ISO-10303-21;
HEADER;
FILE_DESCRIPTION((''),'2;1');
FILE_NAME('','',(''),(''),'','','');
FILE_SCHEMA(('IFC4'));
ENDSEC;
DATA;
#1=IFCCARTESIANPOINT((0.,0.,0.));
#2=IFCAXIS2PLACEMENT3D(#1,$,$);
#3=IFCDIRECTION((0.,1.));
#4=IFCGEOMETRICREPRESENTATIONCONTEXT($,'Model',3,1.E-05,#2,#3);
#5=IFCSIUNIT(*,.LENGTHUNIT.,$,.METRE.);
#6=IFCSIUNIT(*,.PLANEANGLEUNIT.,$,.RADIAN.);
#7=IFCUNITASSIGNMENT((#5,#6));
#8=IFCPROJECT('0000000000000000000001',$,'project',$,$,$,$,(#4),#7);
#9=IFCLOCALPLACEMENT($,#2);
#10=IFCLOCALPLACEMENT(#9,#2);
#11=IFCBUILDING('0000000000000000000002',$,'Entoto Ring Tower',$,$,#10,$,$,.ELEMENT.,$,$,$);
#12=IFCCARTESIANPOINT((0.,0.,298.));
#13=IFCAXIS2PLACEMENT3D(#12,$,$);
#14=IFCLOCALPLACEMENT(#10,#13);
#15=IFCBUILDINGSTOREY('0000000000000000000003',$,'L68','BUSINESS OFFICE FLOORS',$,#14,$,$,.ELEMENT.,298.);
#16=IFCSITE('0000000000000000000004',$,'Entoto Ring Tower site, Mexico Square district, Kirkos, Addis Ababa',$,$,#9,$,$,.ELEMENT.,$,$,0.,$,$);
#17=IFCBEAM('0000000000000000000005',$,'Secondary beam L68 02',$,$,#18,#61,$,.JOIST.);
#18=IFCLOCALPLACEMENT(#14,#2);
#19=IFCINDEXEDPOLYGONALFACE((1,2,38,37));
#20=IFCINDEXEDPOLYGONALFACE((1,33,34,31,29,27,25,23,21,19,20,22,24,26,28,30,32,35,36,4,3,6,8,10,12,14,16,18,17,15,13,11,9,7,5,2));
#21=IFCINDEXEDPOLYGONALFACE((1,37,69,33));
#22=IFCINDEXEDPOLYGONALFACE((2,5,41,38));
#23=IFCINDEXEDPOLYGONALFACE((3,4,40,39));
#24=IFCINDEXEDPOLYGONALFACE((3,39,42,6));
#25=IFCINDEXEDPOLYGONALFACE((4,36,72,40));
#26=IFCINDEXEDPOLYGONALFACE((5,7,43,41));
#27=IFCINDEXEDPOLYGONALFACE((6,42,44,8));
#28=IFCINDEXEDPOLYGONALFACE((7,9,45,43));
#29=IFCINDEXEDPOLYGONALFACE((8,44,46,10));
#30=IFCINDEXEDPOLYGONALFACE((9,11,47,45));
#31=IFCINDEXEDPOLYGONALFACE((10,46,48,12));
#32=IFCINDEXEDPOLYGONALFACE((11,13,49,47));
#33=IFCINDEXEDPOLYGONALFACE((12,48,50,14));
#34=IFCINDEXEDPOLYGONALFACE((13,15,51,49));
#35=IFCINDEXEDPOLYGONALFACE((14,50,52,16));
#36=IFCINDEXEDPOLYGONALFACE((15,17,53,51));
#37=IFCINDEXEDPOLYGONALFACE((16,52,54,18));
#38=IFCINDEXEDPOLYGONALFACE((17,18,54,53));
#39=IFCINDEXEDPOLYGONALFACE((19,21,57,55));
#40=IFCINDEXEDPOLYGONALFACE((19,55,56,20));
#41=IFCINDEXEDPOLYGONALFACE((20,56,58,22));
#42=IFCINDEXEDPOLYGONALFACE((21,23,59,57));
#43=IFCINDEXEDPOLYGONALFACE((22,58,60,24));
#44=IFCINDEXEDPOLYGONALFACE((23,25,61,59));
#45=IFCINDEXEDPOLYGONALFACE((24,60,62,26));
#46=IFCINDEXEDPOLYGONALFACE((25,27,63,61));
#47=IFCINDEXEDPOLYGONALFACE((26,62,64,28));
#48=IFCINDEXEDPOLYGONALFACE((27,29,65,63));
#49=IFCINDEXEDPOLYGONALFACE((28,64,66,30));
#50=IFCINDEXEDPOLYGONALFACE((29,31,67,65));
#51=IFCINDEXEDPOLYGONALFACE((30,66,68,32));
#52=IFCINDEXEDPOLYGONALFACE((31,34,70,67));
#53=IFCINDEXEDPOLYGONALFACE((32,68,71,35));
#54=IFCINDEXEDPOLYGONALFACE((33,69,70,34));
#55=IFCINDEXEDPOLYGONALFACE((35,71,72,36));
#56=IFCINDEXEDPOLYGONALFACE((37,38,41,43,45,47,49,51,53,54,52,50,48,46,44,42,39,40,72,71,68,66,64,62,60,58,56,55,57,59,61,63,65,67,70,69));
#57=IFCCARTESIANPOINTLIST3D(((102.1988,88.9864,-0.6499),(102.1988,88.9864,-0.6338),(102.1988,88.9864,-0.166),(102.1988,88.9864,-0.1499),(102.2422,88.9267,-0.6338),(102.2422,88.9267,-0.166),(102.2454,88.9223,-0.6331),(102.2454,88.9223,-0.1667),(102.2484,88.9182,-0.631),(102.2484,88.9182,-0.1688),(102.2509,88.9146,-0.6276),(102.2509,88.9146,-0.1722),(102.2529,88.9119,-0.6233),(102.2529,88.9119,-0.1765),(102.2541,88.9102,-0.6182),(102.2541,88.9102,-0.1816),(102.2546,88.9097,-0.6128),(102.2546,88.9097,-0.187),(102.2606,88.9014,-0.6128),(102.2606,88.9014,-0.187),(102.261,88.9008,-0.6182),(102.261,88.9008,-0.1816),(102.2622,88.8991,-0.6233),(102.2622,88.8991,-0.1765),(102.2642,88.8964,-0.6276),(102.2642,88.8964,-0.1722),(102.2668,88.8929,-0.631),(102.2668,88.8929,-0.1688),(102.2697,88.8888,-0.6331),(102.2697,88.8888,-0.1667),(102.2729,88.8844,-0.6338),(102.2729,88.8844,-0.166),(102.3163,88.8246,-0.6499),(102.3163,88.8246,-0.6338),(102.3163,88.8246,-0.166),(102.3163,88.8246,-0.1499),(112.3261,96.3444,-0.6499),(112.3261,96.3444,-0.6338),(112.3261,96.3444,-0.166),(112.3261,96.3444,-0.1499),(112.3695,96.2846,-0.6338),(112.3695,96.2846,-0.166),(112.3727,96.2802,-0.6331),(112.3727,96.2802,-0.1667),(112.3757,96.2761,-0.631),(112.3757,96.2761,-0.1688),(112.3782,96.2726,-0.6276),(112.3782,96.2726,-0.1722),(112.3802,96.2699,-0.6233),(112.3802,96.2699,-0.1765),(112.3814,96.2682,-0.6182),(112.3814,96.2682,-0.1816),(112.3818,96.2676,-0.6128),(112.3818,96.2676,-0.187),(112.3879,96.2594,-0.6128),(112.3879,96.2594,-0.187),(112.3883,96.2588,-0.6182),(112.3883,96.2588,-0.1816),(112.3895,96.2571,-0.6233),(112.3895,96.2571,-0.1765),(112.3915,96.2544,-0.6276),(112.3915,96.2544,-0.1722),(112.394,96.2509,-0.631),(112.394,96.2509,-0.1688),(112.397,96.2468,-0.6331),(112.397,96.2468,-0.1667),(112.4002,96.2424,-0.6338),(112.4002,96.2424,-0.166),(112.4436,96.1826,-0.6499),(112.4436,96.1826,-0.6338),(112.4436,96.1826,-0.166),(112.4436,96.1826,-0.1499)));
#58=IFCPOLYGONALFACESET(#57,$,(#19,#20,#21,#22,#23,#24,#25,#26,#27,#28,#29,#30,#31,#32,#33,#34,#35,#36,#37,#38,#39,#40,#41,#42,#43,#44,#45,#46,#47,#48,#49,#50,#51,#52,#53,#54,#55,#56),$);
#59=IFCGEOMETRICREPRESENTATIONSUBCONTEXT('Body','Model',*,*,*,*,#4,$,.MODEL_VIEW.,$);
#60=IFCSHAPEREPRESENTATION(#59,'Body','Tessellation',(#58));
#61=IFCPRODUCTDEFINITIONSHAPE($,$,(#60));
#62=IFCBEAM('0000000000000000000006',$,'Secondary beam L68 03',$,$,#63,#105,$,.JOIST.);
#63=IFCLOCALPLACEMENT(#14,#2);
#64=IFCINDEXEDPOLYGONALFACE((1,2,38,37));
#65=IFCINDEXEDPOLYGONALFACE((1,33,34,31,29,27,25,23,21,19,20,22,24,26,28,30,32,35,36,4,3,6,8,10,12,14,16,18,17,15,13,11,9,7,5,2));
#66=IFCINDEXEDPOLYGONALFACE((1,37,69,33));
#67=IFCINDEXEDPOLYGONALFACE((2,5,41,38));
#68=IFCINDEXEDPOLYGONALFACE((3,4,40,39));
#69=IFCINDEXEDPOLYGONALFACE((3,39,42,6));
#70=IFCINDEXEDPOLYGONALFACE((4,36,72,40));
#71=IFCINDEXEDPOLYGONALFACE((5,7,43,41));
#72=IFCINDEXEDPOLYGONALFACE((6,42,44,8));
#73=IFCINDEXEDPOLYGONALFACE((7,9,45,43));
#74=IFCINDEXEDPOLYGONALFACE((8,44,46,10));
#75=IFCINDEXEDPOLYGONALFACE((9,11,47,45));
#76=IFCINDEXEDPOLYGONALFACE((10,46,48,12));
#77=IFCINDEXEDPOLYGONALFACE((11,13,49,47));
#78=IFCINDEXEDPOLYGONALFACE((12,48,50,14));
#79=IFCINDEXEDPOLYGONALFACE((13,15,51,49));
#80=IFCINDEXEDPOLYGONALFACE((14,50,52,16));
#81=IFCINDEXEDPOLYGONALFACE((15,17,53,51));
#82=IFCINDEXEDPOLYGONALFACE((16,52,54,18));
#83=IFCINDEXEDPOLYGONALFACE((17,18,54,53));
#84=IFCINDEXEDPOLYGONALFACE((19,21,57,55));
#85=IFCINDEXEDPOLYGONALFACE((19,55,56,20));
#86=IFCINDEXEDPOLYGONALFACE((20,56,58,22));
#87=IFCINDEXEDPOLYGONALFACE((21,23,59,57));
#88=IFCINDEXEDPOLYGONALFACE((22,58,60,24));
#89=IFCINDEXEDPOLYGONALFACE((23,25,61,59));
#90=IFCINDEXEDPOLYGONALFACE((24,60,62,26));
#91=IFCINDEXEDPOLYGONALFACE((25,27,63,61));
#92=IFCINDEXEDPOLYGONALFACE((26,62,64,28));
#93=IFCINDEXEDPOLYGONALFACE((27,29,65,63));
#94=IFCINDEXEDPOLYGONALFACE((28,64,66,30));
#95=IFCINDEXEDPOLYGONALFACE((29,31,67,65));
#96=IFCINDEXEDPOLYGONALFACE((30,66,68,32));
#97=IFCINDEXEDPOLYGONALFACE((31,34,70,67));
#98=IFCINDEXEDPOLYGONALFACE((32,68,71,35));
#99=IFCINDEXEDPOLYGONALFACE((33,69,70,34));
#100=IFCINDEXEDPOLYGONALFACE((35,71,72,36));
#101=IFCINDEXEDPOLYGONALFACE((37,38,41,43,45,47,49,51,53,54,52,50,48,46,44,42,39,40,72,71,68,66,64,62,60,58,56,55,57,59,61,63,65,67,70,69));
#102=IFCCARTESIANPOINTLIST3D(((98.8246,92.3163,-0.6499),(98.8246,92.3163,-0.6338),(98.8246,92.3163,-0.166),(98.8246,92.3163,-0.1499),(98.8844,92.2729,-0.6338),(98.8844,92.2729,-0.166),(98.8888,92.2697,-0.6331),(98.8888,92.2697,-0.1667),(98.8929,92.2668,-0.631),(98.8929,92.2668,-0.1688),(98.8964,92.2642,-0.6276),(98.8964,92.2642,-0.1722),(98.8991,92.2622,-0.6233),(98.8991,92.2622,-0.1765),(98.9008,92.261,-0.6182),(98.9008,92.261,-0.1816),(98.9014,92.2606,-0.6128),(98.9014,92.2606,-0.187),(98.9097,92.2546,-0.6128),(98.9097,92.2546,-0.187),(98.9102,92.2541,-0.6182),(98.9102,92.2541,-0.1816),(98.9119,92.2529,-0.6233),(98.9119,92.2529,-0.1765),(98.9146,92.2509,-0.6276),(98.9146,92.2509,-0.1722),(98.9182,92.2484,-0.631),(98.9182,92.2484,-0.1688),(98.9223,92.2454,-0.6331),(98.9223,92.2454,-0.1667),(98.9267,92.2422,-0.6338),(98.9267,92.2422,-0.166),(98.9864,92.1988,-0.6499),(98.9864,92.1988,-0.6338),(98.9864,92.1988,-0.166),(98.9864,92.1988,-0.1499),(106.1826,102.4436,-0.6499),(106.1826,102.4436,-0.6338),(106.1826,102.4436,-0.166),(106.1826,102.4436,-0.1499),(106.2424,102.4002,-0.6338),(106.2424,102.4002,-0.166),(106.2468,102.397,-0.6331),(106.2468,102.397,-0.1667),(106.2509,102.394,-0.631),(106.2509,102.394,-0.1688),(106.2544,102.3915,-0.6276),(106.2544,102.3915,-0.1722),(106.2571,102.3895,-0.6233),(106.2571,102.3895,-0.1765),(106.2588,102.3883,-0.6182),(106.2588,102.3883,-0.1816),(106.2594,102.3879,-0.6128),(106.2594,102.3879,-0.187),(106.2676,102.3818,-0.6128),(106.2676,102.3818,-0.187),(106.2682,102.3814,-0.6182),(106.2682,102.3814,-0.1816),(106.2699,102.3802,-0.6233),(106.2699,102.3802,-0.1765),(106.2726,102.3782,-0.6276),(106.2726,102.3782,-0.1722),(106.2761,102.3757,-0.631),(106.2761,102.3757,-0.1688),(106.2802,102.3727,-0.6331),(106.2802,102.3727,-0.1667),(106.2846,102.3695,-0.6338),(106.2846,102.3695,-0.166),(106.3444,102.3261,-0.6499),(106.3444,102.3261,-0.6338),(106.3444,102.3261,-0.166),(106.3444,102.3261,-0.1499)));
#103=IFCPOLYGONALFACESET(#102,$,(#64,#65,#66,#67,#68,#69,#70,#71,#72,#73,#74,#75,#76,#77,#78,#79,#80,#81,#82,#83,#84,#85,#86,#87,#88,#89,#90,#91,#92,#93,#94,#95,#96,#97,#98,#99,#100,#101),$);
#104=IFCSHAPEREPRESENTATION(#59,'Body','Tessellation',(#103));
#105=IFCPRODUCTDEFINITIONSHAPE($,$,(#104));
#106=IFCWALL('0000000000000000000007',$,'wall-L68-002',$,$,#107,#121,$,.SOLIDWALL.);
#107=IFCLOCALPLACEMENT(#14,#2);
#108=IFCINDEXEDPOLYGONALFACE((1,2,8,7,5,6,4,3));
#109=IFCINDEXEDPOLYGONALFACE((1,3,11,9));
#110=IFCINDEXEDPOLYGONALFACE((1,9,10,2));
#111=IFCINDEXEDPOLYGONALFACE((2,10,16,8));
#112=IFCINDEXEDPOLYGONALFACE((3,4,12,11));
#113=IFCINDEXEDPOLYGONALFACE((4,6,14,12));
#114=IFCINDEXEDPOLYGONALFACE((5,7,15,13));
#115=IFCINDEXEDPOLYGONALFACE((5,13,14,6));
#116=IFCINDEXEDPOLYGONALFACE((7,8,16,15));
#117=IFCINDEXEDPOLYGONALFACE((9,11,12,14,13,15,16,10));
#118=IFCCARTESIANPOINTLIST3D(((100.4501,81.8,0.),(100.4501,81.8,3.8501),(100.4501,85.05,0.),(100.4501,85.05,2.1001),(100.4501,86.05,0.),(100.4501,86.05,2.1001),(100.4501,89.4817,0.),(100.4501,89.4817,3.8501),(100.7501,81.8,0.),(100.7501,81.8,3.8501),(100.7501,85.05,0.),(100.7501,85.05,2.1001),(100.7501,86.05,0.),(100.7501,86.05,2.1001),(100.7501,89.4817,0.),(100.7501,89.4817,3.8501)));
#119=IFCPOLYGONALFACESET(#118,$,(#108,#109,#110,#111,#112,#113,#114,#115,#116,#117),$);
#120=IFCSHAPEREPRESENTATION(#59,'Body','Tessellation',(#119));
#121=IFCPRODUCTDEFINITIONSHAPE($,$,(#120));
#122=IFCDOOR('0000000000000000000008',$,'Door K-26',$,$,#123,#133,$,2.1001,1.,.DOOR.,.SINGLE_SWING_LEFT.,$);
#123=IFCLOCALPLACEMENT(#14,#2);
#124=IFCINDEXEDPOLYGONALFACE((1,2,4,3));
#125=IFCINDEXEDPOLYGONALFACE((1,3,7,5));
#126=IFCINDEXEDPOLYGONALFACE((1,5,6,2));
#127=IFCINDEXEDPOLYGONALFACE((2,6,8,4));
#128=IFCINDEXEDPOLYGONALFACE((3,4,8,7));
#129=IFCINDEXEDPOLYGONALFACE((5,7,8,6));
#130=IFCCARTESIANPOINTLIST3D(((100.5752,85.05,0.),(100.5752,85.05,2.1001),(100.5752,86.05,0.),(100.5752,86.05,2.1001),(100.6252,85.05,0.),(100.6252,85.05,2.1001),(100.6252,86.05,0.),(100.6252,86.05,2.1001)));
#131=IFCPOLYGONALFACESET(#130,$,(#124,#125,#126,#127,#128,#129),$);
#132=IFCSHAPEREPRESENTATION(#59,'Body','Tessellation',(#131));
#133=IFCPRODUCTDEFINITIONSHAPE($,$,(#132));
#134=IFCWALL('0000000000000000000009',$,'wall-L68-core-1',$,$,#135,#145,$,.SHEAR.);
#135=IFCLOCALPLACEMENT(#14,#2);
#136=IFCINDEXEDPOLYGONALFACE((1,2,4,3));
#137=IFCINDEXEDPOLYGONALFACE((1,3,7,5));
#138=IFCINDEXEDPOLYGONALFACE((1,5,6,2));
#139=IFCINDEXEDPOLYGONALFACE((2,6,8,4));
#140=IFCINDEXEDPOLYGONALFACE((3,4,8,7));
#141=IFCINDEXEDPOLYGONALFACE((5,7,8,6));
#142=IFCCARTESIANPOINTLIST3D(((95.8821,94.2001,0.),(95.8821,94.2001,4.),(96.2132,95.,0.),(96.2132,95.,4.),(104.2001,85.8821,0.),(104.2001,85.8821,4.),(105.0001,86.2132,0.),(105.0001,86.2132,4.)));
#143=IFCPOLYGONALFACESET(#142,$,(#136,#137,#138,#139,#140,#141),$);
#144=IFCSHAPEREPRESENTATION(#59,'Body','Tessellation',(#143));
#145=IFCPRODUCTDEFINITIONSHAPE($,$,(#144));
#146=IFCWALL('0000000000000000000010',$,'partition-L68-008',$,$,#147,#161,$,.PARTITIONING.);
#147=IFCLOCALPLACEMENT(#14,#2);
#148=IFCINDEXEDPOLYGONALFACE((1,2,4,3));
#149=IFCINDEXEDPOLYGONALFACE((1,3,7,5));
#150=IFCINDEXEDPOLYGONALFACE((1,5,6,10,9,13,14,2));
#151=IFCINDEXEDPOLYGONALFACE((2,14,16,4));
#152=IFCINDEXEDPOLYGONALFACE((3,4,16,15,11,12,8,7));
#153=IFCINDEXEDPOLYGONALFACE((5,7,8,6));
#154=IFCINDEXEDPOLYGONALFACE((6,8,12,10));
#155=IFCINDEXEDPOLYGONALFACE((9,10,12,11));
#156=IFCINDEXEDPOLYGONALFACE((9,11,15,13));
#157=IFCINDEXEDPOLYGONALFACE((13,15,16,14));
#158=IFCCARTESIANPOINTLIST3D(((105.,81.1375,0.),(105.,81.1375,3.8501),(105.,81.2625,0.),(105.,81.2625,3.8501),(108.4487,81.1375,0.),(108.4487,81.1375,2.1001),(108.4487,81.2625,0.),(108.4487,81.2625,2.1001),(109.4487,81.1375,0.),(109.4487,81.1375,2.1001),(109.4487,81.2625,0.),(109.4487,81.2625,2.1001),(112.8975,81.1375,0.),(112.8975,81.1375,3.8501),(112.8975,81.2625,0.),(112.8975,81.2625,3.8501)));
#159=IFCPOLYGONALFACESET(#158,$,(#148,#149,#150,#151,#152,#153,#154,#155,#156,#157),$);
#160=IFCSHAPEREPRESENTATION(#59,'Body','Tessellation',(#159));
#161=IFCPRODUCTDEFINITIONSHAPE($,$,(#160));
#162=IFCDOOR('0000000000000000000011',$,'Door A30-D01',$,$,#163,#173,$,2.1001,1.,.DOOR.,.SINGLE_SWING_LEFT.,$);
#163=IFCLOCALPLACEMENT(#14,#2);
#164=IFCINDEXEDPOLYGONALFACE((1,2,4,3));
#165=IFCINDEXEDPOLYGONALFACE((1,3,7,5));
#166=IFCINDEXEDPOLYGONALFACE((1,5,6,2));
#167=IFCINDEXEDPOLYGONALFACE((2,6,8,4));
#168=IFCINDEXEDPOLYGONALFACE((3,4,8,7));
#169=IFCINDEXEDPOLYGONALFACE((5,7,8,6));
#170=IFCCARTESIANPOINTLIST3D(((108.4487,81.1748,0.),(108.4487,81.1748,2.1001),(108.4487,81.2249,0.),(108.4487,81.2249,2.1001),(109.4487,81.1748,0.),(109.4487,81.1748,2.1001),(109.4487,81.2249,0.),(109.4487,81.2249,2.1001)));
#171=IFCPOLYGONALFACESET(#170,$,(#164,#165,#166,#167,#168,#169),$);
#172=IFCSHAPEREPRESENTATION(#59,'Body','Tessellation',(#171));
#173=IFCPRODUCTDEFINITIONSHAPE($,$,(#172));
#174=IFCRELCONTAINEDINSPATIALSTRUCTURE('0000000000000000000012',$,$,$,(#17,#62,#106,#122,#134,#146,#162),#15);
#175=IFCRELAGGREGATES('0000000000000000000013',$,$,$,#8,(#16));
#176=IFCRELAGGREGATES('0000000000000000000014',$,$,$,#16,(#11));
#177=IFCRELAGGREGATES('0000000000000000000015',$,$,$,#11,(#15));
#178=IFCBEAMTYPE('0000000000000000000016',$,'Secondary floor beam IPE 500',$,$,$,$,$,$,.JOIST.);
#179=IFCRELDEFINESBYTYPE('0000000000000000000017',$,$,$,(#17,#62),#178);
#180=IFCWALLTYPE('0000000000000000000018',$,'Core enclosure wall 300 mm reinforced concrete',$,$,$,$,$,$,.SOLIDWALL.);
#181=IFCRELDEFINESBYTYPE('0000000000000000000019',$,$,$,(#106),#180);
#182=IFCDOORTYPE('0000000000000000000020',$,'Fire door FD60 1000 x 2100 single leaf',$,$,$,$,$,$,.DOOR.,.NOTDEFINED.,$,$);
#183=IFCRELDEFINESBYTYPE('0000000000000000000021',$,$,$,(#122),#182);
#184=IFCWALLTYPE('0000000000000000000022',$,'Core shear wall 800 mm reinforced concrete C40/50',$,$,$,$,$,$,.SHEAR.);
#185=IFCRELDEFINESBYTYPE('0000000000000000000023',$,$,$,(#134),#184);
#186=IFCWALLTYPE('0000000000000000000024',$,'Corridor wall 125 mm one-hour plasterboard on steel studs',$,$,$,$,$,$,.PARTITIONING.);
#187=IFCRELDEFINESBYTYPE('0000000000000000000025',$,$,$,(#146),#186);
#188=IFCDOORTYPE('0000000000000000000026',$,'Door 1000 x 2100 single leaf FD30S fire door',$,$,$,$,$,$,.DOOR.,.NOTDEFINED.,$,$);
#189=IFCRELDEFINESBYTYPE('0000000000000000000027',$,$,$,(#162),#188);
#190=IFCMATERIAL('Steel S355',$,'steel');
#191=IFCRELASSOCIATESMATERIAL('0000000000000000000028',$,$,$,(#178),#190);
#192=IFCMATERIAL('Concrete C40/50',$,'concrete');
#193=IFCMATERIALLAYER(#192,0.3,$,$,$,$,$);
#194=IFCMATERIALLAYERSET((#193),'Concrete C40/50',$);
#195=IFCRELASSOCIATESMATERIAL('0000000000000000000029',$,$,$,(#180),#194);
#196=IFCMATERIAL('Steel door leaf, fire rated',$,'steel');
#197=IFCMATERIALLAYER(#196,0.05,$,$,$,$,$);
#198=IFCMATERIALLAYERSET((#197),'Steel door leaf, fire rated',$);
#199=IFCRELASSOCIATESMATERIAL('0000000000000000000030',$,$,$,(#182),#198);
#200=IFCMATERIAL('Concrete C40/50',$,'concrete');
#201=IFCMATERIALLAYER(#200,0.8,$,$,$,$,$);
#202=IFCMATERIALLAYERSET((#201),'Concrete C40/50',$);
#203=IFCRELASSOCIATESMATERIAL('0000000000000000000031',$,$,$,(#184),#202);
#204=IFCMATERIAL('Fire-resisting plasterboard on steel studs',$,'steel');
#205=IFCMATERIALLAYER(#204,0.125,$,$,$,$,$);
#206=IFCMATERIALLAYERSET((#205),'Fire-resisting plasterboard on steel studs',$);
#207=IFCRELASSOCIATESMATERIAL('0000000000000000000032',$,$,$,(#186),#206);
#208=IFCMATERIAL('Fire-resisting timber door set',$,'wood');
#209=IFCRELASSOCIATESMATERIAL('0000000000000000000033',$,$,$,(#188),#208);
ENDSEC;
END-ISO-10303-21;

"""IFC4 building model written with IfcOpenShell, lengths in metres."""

from ifc_helpers import new_model, si_unit, direction, frame, frame_2d, origin, origin_2d, place, context, subcontext, project, spatial, polyline, rectangle, i_section, outline, extrude, material, layer, layer_set, material_profile, profile_set, type_object, element, fill, save


model = new_model("IFC4")

# Units and contexts
model_context = context("Model", 3, precision=1e-05, world=origin(), true_north=direction((0.0, 1.0)))
body_context = subcontext(model_context, "Body", "Model", "MODEL_VIEW")
ifc_project = project(units=[si_unit("LENGTHUNIT", "METRE"), si_unit("PLANEANGLEUNIT", "RADIAN")], contexts=[model_context])

# Site, building, storey
site_placement = place(None, origin())
site = spatial("IfcSite", under=ifc_project, at=site_placement, Name="Entoto Ring Tower site, Mexico Square district, Kirkos, Addis Ababa", CompositionType="ELEMENT", RefElevation=0.0)
building_placement = place(site_placement, origin())
building = spatial("IfcBuilding", under=site, at=building_placement, Name="Entoto Ring Tower", CompositionType="ELEMENT")
storey_placement = place(building_placement, frame((0.0, 0.0, 298.0)))
storey = spatial("IfcBuildingStorey", under=building, at=storey_placement, Name="L68", Description="BUSINESS OFFICE FLOORS", CompositionType="ELEMENT", Elevation=298.0)

# Beams
ifc_material_1 = material(Name="Steel S355", Category="steel")
ifc_material_profile_1 = material_profile(ifc_material_1, i_section(OverallWidth=0.2, OverallDepth=0.5, WebThickness=0.0103, FlangeThickness=0.0161, FilletRadius=0.021, at=origin_2d()), Name="IPE 500")
ifc_profile_set_1 = profile_set([ifc_material_profile_1], Name="Steel S355")
beam_type_1 = type_object("IfcBeamType", Name="Secondary floor beam IPE 500", PredefinedType="JOIST", material=ifc_profile_set_1)
for number, where, z_axis, x_axis, name in (
    (1, (102.2576, 88.9055, -0.3999), (0.809014, 0.587789, 0.0), (-0.587789, 0.809014, 0.0), "Secondary beam L68 02"),
    (2, (98.9055, 92.2576, -0.3999), (0.587789, 0.809014, 0.0), (-0.809014, 0.587789, 0.0), "Secondary beam L68 03"),
):
    element("IfcBeam", number, at=place(storey_placement, frame(where, z_axis=z_axis, x_axis=x_axis)), inside=storey, type_object=beam_type_1, Name=name, PredefinedType="JOIST", context=body_context, shape_type="SweptSolid", body=[
        extrude(i_section(OverallWidth=0.2, OverallDepth=0.5, WebThickness=0.0103, FlangeThickness=0.0161, FilletRadius=0.021, at=origin_2d()), origin(), (0.0, 0.0, 1.0), 12.5181),
    ])

# Wall, opening, door
ifc_material_2 = material(Name="Concrete C40/50", Category="concrete")
ifc_layer_1 = layer(ifc_material_2, 0.3)
ifc_layer_set_1 = layer_set([ifc_layer_1], Name="Concrete C40/50")
wall_type_1 = type_object("IfcWallType", Name="Core enclosure wall 300 mm reinforced concrete", PredefinedType="SOLIDWALL", material=ifc_layer_set_1)
wall_1_placement = place(storey_placement, frame((100.6001, 81.8, 0.0), z_axis=(0.0, 0.0, 1.0), x_axis=(0.0, 1.0, 0.0)))
wall_1 = element("IfcWall", 3, at=wall_1_placement, inside=storey, type_object=wall_type_1, Name="wall-L68-002", PredefinedType="SOLIDWALL", context=body_context, shape_type="SweptSolid", body=[
    extrude(rectangle(XDim=7.6816, YDim=0.3, at=frame_2d((3.8408, 0.0))), origin(), (0.0, 0.0, 1.0), 3.8501),
])
opening_1_placement = place(wall_1_placement, frame((3.25, 0.0, 0.0)))
opening_1 = element("IfcOpeningElement", 4, at=opening_1_placement, cuts=wall_1, PredefinedType="OPENING", context=body_context, shape_type="SweptSolid", body=[
    extrude(rectangle(XDim=1.0, YDim=2.1001, at=frame_2d((0.5, 1.05))), frame((0.0, 0.1602, 0.0), z_axis=(0.0, -1.0, 0.0), x_axis=(1.0, 0.0, 0.0)), (0.0, 0.0, 1.0), 0.3201),
])
ifc_material_3 = material(Name="Steel door leaf, fire rated", Category="steel")
ifc_layer_2 = layer(ifc_material_3, 0.05)
ifc_layer_set_2 = layer_set([ifc_layer_2], Name="Steel door leaf, fire rated")
door_type_1 = type_object("IfcDoorType", Name="Fire door FD60 1000 x 2100 single leaf", OperationType="NOTDEFINED", PredefinedType="DOOR", material=ifc_layer_set_2)
door_1_placement = place(opening_1_placement, origin())
door_1 = element("IfcDoor", 5, at=door_1_placement, inside=storey, type_object=door_type_1, Name="Door K-26", OperationType="SINGLE_SWING_LEFT", OverallHeight=2.1001, OverallWidth=1.0, PredefinedType="DOOR", context=body_context, shape_type="SweptSolid", body=[
    extrude(rectangle(XDim=1.0, YDim=2.1001, at=frame_2d((0.5, 1.05))), frame((0.0, 0.0249, 0.0), z_axis=(0.0, -1.0, 0.0), x_axis=(1.0, 0.0, 0.0)), (0.0, 0.0, 1.0), 0.05),
])
fill(opening_1, door_1)

# Wall
ifc_material_4 = material(Name="Concrete C40/50", Category="concrete")
ifc_layer_3 = layer(ifc_material_4, 0.8)
ifc_layer_set_3 = layer_set([ifc_layer_3], Name="Concrete C40/50")
wall_type_2 = type_object("IfcWallType", Name="Core shear wall 800 mm reinforced concrete C40/50", PredefinedType="SHEAR", material=ifc_layer_set_3)
wall_2_placement = place(storey_placement, frame((104.6001, 86.0476, 0.0), z_axis=(0.0, 0.0, 1.0), x_axis=(-0.707107, 0.707107, 0.0)))
element("IfcWall", 6, at=wall_2_placement, inside=storey, type_object=wall_type_2, Name="wall-L68-core-1", PredefinedType="SHEAR", context=body_context, shape_type="SweptSolid", body=[
    extrude(outline(polyline([(-0.1658, -0.3999), (12.2607, -0.3999), (11.9292, 0.3999), (0.1658, 0.3999), (-0.1658, -0.3999)])), origin(), (0.0, 0.0, 1.0), 4.0),
])

# Wall, opening, door
ifc_material_5 = material(Name="Fire-resisting plasterboard on steel studs", Category="steel")
ifc_layer_4 = layer(ifc_material_5, 0.125)
ifc_layer_set_4 = layer_set([ifc_layer_4], Name="Fire-resisting plasterboard on steel studs")
wall_type_3 = type_object("IfcWallType", Name="Corridor wall 125 mm one-hour plasterboard on steel studs", PredefinedType="PARTITIONING", material=ifc_layer_set_4)
wall_3_placement = place(storey_placement, frame((105.0, 81.2, 0.0), z_axis=(0.0, 0.0, 1.0), x_axis=(1.0, 0.0, 0.0)))
wall_3 = element("IfcWall", 7, at=wall_3_placement, inside=storey, type_object=wall_type_3, Name="partition-L68-008", PredefinedType="PARTITIONING", context=body_context, shape_type="SweptSolid", body=[
    extrude(rectangle(XDim=7.8975, YDim=0.125, at=frame_2d((3.9487, 0.0))), origin(), (0.0, 0.0, 1.0), 3.8501),
])
opening_2_placement = place(wall_3_placement, frame((3.4487, 0.0, 0.0)))
opening_2 = element("IfcOpeningElement", 8, at=opening_2_placement, cuts=wall_3, PredefinedType="OPENING", context=body_context, shape_type="SweptSolid", body=[
    extrude(rectangle(XDim=1.0, YDim=2.1001, at=frame_2d((0.5, 1.05))), frame((0.0, 0.0725, 0.0), z_axis=(0.0, -1.0, 0.0), x_axis=(1.0, 0.0, 0.0)), (0.0, 0.0, 1.0), 0.145),
])
ifc_material_6 = material(Name="Fire-resisting timber door set", Category="wood")
door_type_2 = type_object("IfcDoorType", Name="Door 1000 x 2100 single leaf FD30S fire door", OperationType="NOTDEFINED", PredefinedType="DOOR", material=ifc_material_6)
door_2_placement = place(opening_2_placement, origin())
door_2 = element("IfcDoor", 9, at=door_2_placement, inside=storey, type_object=door_type_2, Name="Door A30-D01", OperationType="SINGLE_SWING_LEFT", OverallHeight=2.1001, OverallWidth=1.0, PredefinedType="DOOR", context=body_context, shape_type="SweptSolid", body=[
    extrude(rectangle(XDim=1.0, YDim=2.1001, at=frame_2d((0.5, 1.05))), frame((0.0, 0.0249, 0.0), z_axis=(0.0, -1.0, 0.0), x_axis=(1.0, 0.0, 0.0)), (0.0, 0.0, 1.0), 0.05),
])
fill(opening_2, door_2)

save(model, "model.ifc")
